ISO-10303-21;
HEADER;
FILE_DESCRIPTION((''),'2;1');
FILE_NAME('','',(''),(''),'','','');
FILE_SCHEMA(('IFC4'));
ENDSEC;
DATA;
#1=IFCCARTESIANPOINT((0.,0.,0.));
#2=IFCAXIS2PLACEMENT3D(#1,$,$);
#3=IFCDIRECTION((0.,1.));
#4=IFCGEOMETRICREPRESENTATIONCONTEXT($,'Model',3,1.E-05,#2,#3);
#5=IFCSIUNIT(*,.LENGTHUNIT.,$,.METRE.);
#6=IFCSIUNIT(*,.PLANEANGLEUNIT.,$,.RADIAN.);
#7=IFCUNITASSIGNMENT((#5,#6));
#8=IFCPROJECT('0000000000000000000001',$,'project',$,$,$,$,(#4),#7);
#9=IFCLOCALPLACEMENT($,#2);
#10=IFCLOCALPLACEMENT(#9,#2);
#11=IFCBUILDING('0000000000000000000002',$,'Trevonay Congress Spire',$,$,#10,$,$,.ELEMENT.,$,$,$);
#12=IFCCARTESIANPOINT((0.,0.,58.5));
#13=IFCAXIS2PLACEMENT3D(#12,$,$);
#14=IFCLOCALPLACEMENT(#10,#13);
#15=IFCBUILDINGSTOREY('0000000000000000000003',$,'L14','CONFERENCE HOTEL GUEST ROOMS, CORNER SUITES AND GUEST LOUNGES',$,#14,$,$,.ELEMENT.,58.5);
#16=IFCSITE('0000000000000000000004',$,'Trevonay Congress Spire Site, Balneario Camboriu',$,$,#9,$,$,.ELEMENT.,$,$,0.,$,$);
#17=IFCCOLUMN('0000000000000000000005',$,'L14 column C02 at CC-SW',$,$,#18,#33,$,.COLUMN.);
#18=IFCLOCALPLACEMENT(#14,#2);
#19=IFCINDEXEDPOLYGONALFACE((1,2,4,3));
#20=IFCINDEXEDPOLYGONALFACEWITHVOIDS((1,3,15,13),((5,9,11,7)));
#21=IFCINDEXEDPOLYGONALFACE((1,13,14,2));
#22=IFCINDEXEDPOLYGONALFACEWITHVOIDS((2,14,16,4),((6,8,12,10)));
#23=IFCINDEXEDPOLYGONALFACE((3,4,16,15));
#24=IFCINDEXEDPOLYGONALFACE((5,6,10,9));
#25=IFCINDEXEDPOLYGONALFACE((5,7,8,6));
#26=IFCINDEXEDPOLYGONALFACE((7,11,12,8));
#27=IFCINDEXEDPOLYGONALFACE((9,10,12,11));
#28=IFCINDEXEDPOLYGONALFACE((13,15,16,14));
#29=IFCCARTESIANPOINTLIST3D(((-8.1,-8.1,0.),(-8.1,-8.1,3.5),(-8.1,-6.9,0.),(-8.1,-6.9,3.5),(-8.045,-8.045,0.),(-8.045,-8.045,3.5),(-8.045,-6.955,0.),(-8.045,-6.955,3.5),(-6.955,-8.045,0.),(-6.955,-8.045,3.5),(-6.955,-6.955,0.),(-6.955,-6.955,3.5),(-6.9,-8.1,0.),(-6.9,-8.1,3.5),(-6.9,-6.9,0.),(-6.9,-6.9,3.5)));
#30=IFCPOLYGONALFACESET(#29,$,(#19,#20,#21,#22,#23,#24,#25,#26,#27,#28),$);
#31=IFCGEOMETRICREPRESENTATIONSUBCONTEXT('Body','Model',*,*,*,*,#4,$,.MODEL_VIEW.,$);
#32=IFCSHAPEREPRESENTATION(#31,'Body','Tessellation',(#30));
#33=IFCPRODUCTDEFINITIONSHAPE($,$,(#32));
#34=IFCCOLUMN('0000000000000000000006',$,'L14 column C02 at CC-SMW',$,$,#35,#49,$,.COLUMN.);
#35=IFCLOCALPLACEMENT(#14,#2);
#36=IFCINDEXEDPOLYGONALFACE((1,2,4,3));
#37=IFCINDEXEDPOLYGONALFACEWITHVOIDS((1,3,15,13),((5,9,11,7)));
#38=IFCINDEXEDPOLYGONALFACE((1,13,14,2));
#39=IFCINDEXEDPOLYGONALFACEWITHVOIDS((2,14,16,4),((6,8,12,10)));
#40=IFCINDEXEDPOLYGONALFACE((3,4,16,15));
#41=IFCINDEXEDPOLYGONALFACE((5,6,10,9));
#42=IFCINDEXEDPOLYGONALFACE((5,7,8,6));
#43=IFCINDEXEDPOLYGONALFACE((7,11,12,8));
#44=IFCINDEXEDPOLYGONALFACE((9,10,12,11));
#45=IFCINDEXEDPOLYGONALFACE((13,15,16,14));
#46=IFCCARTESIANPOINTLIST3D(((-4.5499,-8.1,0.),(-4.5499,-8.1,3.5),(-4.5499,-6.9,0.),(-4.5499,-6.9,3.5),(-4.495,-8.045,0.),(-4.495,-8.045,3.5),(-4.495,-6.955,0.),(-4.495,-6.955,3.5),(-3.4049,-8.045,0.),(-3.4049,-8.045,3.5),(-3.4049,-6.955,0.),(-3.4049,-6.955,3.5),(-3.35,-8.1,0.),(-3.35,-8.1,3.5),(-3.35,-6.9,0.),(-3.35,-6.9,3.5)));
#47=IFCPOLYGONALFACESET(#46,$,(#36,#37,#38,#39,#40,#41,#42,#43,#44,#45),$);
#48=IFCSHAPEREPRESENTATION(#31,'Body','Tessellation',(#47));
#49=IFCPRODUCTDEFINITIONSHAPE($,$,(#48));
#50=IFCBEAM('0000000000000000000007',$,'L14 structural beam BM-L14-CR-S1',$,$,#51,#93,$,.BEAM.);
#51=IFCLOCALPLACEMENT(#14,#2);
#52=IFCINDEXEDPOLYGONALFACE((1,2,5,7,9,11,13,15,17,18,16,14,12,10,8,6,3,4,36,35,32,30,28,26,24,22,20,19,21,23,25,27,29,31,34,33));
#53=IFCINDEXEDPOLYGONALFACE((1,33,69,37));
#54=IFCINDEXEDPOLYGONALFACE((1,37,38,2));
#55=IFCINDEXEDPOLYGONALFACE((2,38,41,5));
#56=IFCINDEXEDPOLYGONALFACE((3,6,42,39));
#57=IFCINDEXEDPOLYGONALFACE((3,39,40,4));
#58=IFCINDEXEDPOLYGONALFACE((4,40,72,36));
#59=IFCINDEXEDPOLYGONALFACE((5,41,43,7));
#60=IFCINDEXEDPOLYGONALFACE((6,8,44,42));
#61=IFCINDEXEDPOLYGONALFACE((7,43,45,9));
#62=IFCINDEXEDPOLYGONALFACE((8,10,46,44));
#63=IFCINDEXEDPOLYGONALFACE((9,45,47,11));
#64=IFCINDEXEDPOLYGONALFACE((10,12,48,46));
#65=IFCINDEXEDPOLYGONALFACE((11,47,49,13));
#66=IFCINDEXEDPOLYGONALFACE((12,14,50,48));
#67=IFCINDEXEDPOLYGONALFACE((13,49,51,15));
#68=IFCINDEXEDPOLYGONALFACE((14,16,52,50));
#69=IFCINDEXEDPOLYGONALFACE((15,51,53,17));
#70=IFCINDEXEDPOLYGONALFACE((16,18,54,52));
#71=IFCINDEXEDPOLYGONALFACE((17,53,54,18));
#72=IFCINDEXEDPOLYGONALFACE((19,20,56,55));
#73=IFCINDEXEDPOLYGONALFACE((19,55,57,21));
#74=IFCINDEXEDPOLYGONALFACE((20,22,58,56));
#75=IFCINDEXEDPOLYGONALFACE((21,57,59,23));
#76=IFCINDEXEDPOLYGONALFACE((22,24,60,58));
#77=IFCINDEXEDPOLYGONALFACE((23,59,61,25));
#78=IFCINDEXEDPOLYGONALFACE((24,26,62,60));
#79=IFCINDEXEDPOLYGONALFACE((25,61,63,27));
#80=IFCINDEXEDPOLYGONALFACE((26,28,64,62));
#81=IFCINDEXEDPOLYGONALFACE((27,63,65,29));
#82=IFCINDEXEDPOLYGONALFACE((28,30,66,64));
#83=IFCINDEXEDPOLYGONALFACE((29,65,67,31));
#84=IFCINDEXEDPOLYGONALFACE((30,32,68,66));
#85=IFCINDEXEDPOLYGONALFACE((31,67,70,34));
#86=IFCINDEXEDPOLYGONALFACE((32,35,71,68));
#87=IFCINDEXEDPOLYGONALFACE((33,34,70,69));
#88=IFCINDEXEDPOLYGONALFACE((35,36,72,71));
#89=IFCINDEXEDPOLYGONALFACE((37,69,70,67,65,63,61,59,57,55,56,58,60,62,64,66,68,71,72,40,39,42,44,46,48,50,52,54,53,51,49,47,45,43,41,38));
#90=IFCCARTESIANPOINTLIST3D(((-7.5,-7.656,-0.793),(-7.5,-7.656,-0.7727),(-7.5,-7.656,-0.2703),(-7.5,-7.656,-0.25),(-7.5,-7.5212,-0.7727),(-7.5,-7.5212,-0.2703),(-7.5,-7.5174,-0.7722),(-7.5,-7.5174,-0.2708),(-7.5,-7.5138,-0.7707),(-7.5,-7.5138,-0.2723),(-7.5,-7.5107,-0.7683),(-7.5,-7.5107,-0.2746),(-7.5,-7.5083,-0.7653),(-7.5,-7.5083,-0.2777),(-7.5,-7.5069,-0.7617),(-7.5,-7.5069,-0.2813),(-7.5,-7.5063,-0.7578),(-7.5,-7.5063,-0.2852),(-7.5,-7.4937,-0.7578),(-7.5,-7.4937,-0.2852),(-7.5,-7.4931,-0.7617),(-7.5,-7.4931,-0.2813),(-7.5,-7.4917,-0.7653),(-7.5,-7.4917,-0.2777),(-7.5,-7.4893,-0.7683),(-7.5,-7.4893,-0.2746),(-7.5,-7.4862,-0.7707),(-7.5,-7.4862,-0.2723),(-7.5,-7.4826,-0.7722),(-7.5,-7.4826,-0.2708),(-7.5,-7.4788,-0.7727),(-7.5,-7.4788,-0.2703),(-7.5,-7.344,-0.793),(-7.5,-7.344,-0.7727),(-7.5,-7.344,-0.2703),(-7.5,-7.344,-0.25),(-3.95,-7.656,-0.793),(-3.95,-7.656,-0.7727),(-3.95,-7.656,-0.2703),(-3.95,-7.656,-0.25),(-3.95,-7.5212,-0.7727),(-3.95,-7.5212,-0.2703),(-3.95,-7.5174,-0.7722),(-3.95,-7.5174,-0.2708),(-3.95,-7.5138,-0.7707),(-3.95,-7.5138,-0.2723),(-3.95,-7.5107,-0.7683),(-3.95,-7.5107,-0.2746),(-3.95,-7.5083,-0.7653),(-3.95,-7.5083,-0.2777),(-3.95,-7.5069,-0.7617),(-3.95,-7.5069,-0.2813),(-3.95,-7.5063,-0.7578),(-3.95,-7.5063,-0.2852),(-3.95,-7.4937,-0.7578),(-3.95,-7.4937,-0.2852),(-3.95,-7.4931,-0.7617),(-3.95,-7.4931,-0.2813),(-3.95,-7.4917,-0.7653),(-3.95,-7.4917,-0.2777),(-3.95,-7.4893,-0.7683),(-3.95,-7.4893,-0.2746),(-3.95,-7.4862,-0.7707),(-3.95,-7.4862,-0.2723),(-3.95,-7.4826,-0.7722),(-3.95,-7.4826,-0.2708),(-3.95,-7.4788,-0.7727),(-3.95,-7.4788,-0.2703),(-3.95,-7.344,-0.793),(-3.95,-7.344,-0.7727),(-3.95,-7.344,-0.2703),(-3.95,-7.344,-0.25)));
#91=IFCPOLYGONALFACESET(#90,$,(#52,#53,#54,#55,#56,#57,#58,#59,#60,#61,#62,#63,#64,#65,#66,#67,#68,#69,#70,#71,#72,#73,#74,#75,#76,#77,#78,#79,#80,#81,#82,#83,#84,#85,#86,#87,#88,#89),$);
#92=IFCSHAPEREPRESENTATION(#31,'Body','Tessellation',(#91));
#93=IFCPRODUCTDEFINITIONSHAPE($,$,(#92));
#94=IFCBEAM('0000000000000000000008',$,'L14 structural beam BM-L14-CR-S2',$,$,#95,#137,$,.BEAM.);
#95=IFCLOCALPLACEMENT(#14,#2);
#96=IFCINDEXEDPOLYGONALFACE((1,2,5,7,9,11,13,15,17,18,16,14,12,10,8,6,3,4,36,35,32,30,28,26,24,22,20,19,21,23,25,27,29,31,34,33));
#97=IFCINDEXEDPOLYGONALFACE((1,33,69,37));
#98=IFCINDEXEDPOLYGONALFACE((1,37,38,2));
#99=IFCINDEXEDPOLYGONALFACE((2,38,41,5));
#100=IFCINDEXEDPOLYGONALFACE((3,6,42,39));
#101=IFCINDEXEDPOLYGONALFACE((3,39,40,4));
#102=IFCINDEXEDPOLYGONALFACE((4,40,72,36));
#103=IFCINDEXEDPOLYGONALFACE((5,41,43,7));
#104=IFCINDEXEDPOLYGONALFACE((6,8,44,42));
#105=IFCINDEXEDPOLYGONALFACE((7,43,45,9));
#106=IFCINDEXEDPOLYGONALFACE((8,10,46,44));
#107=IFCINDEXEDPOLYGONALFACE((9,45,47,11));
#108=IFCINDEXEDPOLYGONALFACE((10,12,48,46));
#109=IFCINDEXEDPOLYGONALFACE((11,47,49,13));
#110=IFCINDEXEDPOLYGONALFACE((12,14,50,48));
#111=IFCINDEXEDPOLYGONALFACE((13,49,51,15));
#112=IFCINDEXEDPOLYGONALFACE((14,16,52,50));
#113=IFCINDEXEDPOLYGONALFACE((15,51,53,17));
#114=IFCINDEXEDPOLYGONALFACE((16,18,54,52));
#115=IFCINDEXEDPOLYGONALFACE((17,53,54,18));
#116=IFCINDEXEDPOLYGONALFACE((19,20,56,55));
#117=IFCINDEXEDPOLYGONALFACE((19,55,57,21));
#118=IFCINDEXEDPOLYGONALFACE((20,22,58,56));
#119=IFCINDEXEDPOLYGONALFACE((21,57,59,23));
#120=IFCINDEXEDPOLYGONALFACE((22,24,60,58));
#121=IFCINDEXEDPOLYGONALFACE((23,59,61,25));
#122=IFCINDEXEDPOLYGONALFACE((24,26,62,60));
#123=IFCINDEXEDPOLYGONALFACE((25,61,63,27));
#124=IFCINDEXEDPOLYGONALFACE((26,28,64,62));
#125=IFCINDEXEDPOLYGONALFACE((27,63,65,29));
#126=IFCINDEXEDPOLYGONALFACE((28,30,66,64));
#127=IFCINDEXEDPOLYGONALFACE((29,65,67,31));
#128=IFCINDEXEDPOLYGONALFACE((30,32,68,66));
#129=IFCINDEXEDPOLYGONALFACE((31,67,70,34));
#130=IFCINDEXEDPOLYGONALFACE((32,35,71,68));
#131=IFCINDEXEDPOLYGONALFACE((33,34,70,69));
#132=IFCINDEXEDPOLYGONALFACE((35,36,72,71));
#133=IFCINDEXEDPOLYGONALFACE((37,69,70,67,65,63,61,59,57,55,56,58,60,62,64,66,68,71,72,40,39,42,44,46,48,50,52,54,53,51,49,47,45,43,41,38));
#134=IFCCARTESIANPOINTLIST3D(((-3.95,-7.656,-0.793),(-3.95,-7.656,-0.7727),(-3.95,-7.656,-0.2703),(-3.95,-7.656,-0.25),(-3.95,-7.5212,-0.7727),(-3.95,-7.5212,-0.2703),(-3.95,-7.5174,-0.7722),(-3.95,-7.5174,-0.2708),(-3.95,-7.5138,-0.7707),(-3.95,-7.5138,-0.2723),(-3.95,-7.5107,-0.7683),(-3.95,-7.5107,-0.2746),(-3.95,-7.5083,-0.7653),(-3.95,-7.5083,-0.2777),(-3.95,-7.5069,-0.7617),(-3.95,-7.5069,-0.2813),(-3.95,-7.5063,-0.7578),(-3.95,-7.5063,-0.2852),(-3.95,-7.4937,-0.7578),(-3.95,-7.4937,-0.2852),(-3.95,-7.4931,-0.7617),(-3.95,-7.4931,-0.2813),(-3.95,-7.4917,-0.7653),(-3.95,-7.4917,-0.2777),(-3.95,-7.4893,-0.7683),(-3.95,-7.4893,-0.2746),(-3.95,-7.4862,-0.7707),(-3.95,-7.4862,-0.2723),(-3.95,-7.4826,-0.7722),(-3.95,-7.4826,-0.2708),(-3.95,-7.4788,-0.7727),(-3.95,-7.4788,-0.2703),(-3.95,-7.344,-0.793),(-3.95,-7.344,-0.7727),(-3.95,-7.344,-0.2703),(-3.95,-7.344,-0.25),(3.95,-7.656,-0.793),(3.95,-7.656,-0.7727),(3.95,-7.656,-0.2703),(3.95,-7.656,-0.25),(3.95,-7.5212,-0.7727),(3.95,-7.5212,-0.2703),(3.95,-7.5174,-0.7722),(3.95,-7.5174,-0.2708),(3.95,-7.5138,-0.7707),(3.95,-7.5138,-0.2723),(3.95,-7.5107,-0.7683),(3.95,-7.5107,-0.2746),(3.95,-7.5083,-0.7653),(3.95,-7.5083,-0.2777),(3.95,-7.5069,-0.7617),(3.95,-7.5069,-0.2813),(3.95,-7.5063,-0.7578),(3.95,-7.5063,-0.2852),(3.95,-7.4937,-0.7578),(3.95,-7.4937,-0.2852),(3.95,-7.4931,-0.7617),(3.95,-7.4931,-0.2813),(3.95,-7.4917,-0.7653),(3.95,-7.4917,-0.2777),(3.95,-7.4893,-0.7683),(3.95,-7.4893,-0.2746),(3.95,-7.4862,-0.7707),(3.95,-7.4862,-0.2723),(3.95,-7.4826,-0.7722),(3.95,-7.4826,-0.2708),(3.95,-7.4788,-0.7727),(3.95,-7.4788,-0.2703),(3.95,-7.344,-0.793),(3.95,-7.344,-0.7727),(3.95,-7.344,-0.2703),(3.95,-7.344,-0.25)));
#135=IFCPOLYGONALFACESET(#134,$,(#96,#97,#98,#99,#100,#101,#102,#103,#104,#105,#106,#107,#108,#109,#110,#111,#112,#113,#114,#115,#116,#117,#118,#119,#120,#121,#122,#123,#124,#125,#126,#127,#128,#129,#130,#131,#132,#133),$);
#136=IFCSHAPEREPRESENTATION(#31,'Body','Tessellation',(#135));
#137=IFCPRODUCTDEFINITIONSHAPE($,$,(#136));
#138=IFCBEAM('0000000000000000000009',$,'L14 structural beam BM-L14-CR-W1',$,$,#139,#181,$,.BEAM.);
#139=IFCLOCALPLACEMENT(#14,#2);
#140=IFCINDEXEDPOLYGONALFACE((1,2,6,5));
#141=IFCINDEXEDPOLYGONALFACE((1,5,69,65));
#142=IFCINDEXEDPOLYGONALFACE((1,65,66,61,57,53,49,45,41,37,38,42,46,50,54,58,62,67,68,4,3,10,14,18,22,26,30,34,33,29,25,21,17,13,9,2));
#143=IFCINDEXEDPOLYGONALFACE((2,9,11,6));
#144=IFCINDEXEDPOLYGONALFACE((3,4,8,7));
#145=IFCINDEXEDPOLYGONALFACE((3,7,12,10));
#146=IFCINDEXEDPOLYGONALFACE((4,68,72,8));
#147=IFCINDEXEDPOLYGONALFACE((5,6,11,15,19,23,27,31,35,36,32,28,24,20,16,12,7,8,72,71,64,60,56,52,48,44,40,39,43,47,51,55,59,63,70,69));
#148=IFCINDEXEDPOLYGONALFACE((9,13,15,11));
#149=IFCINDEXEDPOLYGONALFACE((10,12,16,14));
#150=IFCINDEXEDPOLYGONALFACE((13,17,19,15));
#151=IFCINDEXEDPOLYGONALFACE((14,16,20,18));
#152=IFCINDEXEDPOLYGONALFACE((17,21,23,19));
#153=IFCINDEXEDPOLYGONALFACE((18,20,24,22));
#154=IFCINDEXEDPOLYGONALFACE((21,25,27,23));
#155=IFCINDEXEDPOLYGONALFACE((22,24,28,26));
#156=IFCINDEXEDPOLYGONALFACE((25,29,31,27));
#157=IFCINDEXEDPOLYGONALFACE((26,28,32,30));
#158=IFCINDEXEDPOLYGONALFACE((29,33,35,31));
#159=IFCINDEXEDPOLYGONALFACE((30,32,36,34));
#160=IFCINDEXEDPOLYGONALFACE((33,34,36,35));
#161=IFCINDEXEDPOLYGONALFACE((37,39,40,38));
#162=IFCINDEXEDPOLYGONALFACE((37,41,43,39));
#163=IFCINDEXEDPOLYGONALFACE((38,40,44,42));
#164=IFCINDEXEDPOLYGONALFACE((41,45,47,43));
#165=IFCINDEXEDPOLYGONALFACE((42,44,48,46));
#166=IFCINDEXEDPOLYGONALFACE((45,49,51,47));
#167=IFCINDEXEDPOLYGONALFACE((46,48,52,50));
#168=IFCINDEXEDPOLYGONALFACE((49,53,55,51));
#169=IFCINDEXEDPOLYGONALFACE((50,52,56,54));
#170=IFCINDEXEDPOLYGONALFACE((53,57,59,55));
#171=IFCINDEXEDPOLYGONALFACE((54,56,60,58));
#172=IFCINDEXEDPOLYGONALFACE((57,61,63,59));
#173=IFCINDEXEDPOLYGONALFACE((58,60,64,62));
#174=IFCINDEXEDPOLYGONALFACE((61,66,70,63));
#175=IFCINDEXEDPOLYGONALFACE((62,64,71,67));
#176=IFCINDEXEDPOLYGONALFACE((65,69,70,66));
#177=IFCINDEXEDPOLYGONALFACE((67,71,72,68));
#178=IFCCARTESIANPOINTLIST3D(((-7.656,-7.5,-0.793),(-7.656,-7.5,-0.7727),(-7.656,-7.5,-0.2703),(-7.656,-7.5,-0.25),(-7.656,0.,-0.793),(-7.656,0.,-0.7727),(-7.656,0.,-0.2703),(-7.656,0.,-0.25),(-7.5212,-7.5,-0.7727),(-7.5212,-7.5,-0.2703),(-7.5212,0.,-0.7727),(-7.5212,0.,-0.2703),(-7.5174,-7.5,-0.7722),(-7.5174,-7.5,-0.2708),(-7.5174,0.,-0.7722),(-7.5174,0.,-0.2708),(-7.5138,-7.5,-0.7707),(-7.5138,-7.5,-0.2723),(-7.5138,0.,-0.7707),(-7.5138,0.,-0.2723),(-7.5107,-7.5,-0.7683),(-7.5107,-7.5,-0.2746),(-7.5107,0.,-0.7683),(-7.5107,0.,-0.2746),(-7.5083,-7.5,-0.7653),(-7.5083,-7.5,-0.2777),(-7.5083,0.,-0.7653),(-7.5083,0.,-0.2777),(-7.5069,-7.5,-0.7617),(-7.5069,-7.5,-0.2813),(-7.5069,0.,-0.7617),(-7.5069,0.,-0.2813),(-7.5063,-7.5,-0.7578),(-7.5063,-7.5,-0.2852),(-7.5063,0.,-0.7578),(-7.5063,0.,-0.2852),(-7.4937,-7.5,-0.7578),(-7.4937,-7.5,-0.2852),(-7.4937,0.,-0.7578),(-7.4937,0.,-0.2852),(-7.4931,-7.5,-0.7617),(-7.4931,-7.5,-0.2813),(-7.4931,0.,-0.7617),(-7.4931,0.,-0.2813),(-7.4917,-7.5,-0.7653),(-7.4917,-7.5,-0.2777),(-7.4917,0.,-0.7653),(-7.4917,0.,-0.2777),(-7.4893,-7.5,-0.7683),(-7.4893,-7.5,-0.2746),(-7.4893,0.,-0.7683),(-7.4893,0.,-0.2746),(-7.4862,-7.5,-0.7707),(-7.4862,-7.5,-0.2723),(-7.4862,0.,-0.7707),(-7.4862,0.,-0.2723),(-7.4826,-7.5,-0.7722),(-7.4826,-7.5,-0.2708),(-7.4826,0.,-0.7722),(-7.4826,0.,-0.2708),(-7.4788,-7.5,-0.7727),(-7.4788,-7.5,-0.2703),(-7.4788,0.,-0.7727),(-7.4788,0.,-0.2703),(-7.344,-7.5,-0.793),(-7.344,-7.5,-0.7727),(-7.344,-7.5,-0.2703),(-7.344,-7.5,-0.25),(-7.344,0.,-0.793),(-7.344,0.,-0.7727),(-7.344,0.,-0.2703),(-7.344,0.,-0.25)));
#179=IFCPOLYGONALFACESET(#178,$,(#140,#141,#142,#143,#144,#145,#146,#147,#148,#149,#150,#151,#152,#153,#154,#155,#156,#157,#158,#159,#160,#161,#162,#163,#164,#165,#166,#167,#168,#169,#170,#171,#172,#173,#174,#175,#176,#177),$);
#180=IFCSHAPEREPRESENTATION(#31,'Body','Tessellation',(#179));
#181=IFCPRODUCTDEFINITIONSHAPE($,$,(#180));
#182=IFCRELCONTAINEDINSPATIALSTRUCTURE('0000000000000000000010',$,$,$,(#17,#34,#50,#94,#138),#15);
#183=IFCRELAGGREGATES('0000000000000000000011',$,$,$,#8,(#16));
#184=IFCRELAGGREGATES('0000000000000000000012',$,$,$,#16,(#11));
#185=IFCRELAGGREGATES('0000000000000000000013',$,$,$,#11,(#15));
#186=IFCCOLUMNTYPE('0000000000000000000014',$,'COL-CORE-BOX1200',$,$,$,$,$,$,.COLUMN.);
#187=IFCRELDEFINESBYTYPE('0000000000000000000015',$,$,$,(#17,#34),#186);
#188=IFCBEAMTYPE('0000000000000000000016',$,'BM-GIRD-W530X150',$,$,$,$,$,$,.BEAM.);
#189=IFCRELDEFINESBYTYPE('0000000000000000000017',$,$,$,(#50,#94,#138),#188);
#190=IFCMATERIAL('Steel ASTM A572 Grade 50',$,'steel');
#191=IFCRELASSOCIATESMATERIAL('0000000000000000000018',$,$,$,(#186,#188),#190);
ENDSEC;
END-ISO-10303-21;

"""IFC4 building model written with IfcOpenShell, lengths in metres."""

from ifc_helpers import new_model, si_unit, direction, frame, origin, origin_2d, place, context, subcontext, project, spatial, hollow_rectangle, i_section, extrude, material, material_profile, profile_set, type_object, element, save


model = new_model("IFC4")

# Units and contexts
model_context = context("Model", 3, precision=1e-05, world=origin(), true_north=direction((0.0, 1.0)))
body_context = subcontext(model_context, "Body", "Model", "MODEL_VIEW")
ifc_project = project(units=[si_unit("LENGTHUNIT", "METRE"), si_unit("PLANEANGLEUNIT", "RADIAN")], contexts=[model_context])

# Site, building, storey
site_placement = place(None, origin())
site = spatial("IfcSite", under=ifc_project, at=site_placement, Name="Trevonay Congress Spire Site, Balneario Camboriu", CompositionType="ELEMENT", RefElevation=0.0)
building_placement = place(site_placement, origin())
building = spatial("IfcBuilding", under=site, at=building_placement, Name="Trevonay Congress Spire", CompositionType="ELEMENT")
storey_placement = place(building_placement, frame((0.0, 0.0, 58.5)))
storey = spatial("IfcBuildingStorey", under=building, at=storey_placement, Name="L14", Description="CONFERENCE HOTEL GUEST ROOMS, CORNER SUITES AND GUEST LOUNGES", CompositionType="ELEMENT", Elevation=58.5)

# Columns
ifc_material_1 = material(Name="Steel ASTM A572 Grade 50", Category="steel")
ifc_material_profile_1 = material_profile(ifc_material_1, hollow_rectangle(XDim=1.2, YDim=1.2, WallThickness=0.0549, at=origin_2d()), Name="BOX 1200x1200x55")
ifc_profile_set_1 = profile_set([ifc_material_profile_1], Name="Steel ASTM A572 Grade 50")
column_type = type_object("IfcColumnType", Name="COL-CORE-BOX1200", PredefinedType="COLUMN", material=ifc_profile_set_1)
for number, where, z_axis, x_axis, name in (
    (1, (-7.5, -7.5, 0.0), (0.0, 0.0, 1.0), (1.0, 0.0, 0.0), "L14 column C02 at CC-SW"),
    (2, (-3.95, -7.5, 0.0), (0.0, 0.0, 1.0), (1.0, 0.0, 0.0), "L14 column C02 at CC-SMW"),
):
    element("IfcColumn", number, at=place(storey_placement, frame(where, z_axis=z_axis, x_axis=x_axis)), inside=storey, type_object=column_type, Name=name, PredefinedType="COLUMN", context=body_context, shape_type="SweptSolid", body=[
        extrude(hollow_rectangle(XDim=1.2, YDim=1.2, WallThickness=0.0549, at=origin_2d()), origin(), (0.0, 0.0, 1.0), 3.5),
    ])

# Beams
ifc_material_profile_2 = material_profile(ifc_material_1, i_section(OverallWidth=0.312, OverallDepth=0.543, WebThickness=0.0127, FlangeThickness=0.0203, FilletRadius=0.0149, at=origin_2d()), Name="W530x150")
ifc_profile_set_2 = profile_set([ifc_material_profile_2], Name="Steel ASTM A572 Grade 50")
beam_type_1 = type_object("IfcBeamType", Name="BM-GIRD-W530X150", PredefinedType="BEAM", material=ifc_profile_set_2)
beam_1_placement = place(storey_placement, frame((-7.5, -7.5, -0.5215), z_axis=(1.0, 0.0, 0.0), x_axis=(0.0, 1.0, 0.0)))
element("IfcBeam", 3, at=beam_1_placement, inside=storey, type_object=beam_type_1, Name="L14 structural beam BM-L14-CR-S1", PredefinedType="BEAM", context=body_context, shape_type="SweptSolid", body=[
    extrude(i_section(OverallWidth=0.312, OverallDepth=0.543, WebThickness=0.0127, FlangeThickness=0.0203, FilletRadius=0.0149, at=origin_2d()), origin(), (0.0, 0.0, 1.0), 3.55),
])
beam_2_placement = place(storey_placement, frame((-3.95, -7.5, -0.5215), z_axis=(1.0, 0.0, 0.0), x_axis=(0.0, 1.0, 0.0)))
element("IfcBeam", 4, at=beam_2_placement, inside=storey, type_object=beam_type_1, Name="L14 structural beam BM-L14-CR-S2", PredefinedType="BEAM", context=body_context, shape_type="SweptSolid", body=[
    extrude(i_section(OverallWidth=0.312, OverallDepth=0.543, WebThickness=0.0127, FlangeThickness=0.0203, FilletRadius=0.0149, at=origin_2d()), origin(), (0.0, 0.0, 1.0), 7.8999),
])
beam_3_placement = place(storey_placement, frame((-7.5, -7.5, -0.5215), z_axis=(0.0, 1.0, 0.0), x_axis=(-1.0, 0.0, 0.0)))
element("IfcBeam", 5, at=beam_3_placement, inside=storey, type_object=beam_type_1, Name="L14 structural beam BM-L14-CR-W1", PredefinedType="BEAM", context=body_context, shape_type="SweptSolid", body=[
    extrude(i_section(OverallWidth=0.312, OverallDepth=0.543, WebThickness=0.0127, FlangeThickness=0.0203, FilletRadius=0.0149, at=origin_2d()), origin(), (0.0, 0.0, 1.0), 7.5),
])

save(model, "model.ifc")
